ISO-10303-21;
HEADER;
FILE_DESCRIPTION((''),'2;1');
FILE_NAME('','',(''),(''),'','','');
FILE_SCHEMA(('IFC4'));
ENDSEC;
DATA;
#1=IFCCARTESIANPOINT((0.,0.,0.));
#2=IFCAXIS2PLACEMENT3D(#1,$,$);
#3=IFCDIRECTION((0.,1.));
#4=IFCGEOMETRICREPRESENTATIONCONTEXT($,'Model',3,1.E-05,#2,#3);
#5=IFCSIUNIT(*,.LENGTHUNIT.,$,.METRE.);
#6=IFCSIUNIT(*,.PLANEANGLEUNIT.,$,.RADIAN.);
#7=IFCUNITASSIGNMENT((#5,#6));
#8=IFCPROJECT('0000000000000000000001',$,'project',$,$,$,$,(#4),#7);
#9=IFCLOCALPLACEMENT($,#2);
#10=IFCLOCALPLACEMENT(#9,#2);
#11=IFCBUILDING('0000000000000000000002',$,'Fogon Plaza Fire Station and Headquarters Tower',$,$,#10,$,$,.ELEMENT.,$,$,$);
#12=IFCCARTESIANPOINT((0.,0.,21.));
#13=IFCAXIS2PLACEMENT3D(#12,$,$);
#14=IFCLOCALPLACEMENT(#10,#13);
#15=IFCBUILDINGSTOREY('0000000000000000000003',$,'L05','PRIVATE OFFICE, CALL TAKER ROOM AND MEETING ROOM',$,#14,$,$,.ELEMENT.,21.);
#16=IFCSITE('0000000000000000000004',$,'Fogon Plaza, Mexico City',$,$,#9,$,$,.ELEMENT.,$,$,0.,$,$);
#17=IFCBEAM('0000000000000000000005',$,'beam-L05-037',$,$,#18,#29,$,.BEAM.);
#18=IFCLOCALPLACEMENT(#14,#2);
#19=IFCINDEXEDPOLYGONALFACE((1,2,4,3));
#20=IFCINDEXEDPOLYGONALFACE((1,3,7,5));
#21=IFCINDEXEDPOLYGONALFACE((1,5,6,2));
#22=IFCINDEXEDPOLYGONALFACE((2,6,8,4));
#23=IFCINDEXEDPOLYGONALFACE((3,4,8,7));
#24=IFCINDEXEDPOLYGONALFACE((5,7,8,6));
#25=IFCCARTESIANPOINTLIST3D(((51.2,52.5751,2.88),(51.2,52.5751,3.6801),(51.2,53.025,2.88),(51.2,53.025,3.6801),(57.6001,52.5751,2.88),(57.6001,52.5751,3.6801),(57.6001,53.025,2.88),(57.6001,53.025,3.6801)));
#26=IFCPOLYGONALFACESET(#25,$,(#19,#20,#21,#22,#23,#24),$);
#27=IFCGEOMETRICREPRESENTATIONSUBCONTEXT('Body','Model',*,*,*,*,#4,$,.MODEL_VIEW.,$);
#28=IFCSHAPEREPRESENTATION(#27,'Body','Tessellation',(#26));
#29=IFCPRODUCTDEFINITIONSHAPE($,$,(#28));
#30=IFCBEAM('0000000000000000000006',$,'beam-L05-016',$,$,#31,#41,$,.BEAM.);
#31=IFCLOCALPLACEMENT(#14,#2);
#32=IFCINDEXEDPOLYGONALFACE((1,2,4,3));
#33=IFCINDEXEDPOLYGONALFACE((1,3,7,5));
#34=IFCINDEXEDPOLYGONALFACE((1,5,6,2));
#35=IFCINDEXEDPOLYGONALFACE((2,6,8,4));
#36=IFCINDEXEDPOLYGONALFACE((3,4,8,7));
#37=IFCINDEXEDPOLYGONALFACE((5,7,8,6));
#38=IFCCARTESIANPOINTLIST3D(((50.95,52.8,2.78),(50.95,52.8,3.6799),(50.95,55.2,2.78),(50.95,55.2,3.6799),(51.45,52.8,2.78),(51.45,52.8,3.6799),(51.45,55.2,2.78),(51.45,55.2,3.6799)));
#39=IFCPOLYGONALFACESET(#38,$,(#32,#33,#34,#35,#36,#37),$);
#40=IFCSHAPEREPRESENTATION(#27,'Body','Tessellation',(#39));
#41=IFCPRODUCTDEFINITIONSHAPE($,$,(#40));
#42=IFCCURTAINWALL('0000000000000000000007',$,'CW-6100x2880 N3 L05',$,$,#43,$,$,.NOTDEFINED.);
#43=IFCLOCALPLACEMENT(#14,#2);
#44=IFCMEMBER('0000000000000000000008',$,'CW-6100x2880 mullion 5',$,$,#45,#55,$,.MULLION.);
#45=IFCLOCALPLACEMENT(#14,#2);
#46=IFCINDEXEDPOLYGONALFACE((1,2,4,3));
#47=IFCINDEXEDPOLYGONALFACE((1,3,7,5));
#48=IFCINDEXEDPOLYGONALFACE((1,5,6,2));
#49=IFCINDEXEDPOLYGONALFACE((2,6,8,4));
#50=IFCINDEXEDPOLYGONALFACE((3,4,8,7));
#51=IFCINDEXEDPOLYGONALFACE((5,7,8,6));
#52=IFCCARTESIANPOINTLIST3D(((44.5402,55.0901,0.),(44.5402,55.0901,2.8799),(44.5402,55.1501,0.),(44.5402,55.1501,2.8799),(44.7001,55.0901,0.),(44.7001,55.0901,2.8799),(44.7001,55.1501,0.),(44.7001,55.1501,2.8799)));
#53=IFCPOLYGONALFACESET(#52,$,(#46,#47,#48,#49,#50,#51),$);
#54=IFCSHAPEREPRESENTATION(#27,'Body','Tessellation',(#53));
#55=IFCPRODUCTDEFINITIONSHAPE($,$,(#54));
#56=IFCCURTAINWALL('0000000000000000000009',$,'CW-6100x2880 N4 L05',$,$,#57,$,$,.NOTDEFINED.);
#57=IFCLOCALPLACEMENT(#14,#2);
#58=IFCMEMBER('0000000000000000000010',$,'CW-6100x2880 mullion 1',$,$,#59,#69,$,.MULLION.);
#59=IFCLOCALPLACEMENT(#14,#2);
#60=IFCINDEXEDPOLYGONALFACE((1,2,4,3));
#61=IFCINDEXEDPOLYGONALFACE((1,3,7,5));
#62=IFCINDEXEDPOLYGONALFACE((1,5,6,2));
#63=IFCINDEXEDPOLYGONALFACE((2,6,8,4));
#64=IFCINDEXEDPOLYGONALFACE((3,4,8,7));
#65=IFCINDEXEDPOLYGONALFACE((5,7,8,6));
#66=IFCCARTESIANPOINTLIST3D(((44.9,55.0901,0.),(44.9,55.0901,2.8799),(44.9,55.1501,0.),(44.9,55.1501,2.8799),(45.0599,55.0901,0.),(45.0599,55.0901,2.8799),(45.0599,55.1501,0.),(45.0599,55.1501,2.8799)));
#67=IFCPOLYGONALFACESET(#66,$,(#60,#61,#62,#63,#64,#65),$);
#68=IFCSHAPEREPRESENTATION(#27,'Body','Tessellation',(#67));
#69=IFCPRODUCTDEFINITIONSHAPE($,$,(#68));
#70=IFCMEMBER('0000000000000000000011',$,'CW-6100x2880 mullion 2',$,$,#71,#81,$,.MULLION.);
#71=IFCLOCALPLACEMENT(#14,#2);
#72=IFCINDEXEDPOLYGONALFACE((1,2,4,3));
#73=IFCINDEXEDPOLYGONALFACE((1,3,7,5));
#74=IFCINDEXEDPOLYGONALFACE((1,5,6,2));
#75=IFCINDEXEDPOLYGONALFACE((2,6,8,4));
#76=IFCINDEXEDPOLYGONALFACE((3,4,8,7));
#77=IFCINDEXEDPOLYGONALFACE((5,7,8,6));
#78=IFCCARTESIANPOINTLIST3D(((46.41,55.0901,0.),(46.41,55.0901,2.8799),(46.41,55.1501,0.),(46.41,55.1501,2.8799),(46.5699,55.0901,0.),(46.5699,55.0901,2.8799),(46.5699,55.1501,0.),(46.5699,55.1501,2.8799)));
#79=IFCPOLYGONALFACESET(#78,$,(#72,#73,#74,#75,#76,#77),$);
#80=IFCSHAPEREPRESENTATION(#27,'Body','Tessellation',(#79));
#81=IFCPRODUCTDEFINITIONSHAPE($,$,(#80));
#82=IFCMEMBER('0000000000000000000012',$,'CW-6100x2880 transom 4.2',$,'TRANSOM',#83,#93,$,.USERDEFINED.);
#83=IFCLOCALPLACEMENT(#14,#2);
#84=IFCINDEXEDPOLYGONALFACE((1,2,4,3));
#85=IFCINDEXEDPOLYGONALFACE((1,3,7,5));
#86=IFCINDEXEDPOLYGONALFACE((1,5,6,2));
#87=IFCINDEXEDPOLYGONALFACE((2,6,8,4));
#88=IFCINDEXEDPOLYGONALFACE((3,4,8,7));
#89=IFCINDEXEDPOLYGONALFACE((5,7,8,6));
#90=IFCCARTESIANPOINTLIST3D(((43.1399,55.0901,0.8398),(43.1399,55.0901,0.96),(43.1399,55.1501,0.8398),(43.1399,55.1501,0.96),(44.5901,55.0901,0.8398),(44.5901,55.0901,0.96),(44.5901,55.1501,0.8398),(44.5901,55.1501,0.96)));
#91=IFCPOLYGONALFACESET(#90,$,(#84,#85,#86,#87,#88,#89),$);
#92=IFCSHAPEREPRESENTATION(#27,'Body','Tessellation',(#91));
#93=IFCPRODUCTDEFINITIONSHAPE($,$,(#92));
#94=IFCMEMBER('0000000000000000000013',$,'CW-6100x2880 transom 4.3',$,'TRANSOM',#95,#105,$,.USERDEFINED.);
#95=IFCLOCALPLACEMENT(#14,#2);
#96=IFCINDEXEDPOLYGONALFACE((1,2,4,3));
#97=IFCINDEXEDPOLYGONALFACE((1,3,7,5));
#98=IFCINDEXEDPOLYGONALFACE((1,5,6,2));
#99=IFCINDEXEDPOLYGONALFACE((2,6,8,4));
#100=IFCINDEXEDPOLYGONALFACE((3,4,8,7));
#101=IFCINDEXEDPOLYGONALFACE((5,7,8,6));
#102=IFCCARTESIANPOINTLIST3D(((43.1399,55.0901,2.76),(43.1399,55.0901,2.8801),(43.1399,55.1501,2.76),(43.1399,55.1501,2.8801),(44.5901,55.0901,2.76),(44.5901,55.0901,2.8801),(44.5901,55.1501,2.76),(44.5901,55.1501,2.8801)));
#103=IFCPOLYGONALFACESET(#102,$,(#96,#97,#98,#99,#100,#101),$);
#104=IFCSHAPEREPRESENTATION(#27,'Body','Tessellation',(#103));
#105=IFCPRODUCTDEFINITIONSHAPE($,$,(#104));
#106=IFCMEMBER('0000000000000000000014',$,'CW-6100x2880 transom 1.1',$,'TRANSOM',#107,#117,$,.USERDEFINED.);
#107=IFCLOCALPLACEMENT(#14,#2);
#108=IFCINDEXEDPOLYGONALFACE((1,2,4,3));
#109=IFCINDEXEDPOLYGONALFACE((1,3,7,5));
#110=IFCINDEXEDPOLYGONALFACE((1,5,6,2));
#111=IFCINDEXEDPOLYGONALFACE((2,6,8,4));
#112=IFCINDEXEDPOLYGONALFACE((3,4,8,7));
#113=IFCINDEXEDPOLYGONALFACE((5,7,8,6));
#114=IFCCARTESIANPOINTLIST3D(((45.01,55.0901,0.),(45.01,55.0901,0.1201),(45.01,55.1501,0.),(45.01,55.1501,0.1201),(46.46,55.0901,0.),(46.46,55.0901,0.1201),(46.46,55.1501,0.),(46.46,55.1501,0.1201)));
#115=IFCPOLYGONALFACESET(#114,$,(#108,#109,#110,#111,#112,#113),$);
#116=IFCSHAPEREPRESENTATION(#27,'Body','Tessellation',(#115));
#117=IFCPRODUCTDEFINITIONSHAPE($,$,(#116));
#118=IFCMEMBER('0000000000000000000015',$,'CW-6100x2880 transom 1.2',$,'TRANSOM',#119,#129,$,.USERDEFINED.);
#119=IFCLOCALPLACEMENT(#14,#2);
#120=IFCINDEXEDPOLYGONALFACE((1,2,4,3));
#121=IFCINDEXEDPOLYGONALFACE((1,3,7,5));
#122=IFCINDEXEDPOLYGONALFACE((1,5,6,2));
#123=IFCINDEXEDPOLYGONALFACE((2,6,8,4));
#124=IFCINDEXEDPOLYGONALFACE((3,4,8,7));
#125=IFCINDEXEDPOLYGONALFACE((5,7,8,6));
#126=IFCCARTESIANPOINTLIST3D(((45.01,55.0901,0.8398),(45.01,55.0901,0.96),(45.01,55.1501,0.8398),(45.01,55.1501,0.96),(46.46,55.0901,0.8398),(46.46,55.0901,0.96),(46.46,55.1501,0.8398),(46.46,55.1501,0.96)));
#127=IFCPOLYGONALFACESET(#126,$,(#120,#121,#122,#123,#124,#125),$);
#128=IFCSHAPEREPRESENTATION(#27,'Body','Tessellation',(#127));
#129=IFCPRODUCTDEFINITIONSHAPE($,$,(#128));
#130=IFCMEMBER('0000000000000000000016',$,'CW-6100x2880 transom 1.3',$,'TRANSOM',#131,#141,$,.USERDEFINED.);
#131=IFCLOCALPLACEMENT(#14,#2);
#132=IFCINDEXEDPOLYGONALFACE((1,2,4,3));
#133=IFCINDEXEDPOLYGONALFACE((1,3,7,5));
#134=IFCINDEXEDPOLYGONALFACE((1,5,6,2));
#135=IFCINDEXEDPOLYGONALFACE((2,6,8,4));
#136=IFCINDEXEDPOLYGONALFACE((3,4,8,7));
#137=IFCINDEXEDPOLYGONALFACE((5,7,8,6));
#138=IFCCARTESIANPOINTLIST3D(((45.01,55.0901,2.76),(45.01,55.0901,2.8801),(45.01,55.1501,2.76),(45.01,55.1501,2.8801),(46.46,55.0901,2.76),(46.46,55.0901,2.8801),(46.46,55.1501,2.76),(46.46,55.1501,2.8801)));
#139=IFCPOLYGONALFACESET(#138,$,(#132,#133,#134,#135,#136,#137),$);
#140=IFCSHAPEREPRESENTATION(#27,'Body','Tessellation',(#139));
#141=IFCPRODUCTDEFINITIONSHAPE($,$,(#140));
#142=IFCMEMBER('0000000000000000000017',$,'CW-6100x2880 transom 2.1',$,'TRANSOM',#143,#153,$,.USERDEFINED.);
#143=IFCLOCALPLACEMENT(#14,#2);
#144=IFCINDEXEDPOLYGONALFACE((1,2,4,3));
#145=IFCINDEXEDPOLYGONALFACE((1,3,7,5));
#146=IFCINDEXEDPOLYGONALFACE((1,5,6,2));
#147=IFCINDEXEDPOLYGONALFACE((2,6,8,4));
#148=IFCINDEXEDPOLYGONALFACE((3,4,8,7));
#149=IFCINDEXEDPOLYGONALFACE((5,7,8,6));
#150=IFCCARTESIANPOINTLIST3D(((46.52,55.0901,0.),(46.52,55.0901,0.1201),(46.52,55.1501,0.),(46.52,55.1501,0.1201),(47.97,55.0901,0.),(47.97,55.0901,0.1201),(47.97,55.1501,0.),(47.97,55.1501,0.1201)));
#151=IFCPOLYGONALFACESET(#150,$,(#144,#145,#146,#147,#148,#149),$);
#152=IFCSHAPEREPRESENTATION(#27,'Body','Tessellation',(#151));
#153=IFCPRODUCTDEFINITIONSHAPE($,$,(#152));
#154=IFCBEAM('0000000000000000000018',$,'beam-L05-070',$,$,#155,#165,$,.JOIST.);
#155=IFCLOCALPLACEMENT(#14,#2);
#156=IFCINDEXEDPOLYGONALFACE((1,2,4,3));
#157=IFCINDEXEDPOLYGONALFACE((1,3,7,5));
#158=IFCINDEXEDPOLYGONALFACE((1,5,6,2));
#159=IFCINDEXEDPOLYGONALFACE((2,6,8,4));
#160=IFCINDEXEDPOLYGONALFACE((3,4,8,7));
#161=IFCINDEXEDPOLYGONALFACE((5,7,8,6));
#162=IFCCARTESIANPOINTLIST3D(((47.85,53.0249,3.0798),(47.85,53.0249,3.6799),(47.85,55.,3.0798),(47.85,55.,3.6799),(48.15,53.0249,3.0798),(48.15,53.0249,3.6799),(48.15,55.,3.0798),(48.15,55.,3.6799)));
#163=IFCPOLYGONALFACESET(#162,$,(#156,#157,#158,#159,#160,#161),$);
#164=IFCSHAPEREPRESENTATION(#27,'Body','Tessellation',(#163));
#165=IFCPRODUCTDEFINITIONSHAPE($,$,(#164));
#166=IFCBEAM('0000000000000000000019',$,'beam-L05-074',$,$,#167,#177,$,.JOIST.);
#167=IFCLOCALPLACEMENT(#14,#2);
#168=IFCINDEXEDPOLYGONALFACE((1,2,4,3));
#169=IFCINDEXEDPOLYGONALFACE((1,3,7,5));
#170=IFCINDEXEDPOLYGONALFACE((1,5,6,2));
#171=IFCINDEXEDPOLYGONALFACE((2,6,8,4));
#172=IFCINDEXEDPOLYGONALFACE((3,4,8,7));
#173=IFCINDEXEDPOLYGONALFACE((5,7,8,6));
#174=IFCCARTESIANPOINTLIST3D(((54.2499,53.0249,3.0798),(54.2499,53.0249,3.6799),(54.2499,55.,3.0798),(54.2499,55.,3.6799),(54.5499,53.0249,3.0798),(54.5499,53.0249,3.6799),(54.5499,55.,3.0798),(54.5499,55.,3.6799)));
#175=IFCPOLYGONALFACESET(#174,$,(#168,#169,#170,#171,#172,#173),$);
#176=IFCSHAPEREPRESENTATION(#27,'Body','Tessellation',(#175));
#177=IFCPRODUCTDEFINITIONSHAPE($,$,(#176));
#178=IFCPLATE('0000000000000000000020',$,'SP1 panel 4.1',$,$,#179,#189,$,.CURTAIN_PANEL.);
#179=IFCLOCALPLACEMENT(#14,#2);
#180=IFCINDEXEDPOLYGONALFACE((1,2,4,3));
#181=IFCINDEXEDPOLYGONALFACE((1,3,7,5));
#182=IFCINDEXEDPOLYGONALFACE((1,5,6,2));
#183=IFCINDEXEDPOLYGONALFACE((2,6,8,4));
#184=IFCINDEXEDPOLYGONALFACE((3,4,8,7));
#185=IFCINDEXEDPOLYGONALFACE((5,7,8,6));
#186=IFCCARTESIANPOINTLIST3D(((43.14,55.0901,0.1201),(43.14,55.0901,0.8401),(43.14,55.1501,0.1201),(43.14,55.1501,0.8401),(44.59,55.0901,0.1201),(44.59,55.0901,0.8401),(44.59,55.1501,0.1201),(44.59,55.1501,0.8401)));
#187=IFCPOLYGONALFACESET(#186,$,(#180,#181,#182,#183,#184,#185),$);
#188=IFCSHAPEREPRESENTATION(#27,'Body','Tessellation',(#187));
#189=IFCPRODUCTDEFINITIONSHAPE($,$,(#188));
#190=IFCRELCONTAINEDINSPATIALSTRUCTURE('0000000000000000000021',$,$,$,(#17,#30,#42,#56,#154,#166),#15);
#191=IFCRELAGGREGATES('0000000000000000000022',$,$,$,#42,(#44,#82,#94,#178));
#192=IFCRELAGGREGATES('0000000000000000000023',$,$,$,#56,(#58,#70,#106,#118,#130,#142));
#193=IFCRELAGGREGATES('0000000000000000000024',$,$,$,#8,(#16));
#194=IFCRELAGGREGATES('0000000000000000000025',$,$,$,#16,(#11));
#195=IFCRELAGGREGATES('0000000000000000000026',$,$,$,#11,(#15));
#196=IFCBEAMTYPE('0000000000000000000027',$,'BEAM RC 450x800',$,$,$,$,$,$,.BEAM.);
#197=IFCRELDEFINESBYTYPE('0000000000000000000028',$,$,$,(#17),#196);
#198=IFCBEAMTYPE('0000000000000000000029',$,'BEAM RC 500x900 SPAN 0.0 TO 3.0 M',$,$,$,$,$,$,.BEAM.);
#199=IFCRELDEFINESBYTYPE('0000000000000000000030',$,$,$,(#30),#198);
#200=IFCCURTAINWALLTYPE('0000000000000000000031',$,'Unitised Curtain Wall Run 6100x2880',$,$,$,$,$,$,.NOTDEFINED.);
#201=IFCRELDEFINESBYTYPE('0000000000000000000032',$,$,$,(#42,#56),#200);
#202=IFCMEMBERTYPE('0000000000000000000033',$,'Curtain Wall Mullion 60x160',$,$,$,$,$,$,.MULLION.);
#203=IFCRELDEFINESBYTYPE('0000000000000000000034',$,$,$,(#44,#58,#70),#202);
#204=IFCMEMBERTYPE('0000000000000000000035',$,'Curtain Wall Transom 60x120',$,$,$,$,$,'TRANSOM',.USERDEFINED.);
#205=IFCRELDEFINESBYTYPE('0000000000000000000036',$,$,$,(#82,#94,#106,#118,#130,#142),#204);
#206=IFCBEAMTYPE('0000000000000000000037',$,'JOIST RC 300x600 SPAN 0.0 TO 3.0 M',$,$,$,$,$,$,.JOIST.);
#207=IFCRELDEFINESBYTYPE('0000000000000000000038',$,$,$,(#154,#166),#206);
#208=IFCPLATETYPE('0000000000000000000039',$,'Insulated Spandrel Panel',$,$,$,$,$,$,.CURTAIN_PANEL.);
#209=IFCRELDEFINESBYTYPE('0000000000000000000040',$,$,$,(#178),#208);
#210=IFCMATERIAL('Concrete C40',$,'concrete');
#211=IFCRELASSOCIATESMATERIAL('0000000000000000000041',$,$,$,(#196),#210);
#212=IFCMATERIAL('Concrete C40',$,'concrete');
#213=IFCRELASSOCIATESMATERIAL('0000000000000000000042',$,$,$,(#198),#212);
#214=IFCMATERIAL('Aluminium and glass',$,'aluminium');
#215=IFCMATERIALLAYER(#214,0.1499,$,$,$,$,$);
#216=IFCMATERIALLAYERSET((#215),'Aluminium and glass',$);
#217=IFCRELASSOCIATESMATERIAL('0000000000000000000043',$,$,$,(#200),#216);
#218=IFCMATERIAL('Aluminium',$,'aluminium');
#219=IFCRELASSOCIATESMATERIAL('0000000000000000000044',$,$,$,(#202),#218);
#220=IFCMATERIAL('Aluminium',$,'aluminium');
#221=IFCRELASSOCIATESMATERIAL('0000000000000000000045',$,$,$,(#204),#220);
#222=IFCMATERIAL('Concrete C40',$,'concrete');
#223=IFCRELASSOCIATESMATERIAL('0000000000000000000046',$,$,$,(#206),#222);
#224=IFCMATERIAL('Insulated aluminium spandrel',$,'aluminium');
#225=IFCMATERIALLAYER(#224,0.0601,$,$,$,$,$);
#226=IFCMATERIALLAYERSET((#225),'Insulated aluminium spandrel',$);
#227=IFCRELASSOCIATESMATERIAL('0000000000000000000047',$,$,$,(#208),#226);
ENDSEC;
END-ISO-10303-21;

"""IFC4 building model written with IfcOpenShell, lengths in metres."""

from ifc_helpers import new_model, si_unit, direction, frame, origin, origin_2d, place, context, subcontext, project, spatial, rectangle, extrude, material, layer, layer_set, material_profile, profile_set, type_object, element, aggregate, save


model = new_model("IFC4")

# Units and contexts
model_context = context("Model", 3, precision=1e-05, world=origin(), true_north=direction((0.0, 1.0)))
body_context = subcontext(model_context, "Body", "Model", "MODEL_VIEW")
ifc_project = project(units=[si_unit("LENGTHUNIT", "METRE"), si_unit("PLANEANGLEUNIT", "RADIAN")], contexts=[model_context])

# Site, building, storey
site_placement = place(None, origin())
site = spatial("IfcSite", under=ifc_project, at=site_placement, Name="Fogon Plaza, Mexico City", CompositionType="ELEMENT", RefElevation=0.0)
building_placement = place(site_placement, origin())
building = spatial("IfcBuilding", under=site, at=building_placement, Name="Fogon Plaza Fire Station and Headquarters Tower", CompositionType="ELEMENT")
storey_placement = place(building_placement, frame((0.0, 0.0, 21.0)))
storey = spatial("IfcBuildingStorey", under=building, at=storey_placement, Name="L05", Description="PRIVATE OFFICE, CALL TAKER ROOM AND MEETING ROOM", CompositionType="ELEMENT", Elevation=21.0)

# Beams
ifc_material_1 = material(Name="Concrete C40", Category="concrete")
ifc_material_profile_1 = material_profile(ifc_material_1, rectangle(XDim=0.45, YDim=0.8, at=origin_2d()), Name="RC 450x800")
ifc_profile_set_1 = profile_set([ifc_material_profile_1], Name="Concrete C40")
beam_type_1 = type_object("IfcBeamType", Name="BEAM RC 450x800", PredefinedType="BEAM", material=ifc_profile_set_1)
beam_1_placement = place(storey_placement, frame((51.2, 52.8, 3.28), z_axis=(1.0, 0.0, 0.0), x_axis=(0.0, 1.0, 0.0)))
element("IfcBeam", 1, at=beam_1_placement, inside=storey, type_object=beam_type_1, Name="beam-L05-037", PredefinedType="BEAM", context=body_context, shape_type="SweptSolid", body=[
    extrude(rectangle(XDim=0.45, YDim=0.8, at=origin_2d()), origin(), (0.0, 0.0, 1.0), 6.4001),
])
ifc_material_2 = material(Name="Concrete C40", Category="concrete")
ifc_material_profile_2 = material_profile(ifc_material_2, rectangle(XDim=0.5, YDim=0.8999, at=origin_2d()), Name="RC 500x900")
ifc_profile_set_2 = profile_set([ifc_material_profile_2], Name="Concrete C40")
beam_type_2 = type_object("IfcBeamType", Name="BEAM RC 500x900 SPAN 0.0 TO 3.0 M", PredefinedType="BEAM", material=ifc_profile_set_2)
beam_2_placement = place(storey_placement, frame((51.2, 52.8, 3.23), z_axis=(0.0, 1.0, 0.0), x_axis=(-1.0, 0.0, 0.0)))
element("IfcBeam", 2, at=beam_2_placement, inside=storey, type_object=beam_type_2, Name="beam-L05-016", PredefinedType="BEAM", context=body_context, shape_type="SweptSolid", body=[
    extrude(rectangle(XDim=0.5, YDim=0.8999, at=origin_2d()), origin(), (0.0, 0.0, 1.0), 2.3999),
])

# Curtain wall, member
ifc_material_3 = material(Name="Aluminium and glass", Category="aluminium")
ifc_layer_1 = layer(ifc_material_3, 0.1499)
ifc_layer_set_1 = layer_set([ifc_layer_1], Name="Aluminium and glass")
curtain_wall_type = type_object("IfcCurtainWallType", Name="Unitised Curtain Wall Run 6100x2880", PredefinedType="NOTDEFINED", material=ifc_layer_set_1)
curtain_wall_1_placement = place(storey_placement, origin())
curtain_wall_1 = element("IfcCurtainWall", 3, at=curtain_wall_1_placement, inside=storey, type_object=curtain_wall_type, Name="CW-6100x2880 N3 L05", PredefinedType="NOTDEFINED")
ifc_material_4 = material(Name="Aluminium", Category="aluminium")
ifc_material_profile_3 = material_profile(ifc_material_4, rectangle(XDim=0.0601, YDim=0.1599, at=origin_2d()), Name="Curtain Wall Mullion 60x160")
ifc_profile_set_3 = profile_set([ifc_material_profile_3], Name="Aluminium")
member_type_1 = type_object("IfcMemberType", Name="Curtain Wall Mullion 60x160", PredefinedType="MULLION", material=ifc_profile_set_3)
member_1_placement = place(storey_placement, frame((44.6201, 55.1201, 0.0), z_axis=(0.0, 0.0, 1.0), x_axis=(0.0, 1.0, 0.0)))
member_1 = element("IfcMember", 4, at=member_1_placement, type_object=member_type_1, Name="CW-6100x2880 mullion 5", PredefinedType="MULLION", context=body_context, shape_type="SweptSolid", body=[
    extrude(rectangle(XDim=0.0601, YDim=0.1599, at=origin_2d()), origin(), (0.0, 0.0, 1.0), 2.8799),
])

# Curtain wall, members
curtain_wall_2_placement = place(storey_placement, origin())
curtain_wall_2 = element("IfcCurtainWall", 5, at=curtain_wall_2_placement, inside=storey, type_object=curtain_wall_type, Name="CW-6100x2880 N4 L05", PredefinedType="NOTDEFINED")
member_2_placement = place(storey_placement, frame((44.98, 55.1201, 0.0), z_axis=(0.0, 0.0, 1.0), x_axis=(0.0, 1.0, 0.0)))
member_2 = element("IfcMember", 6, at=member_2_placement, type_object=member_type_1, Name="CW-6100x2880 mullion 1", PredefinedType="MULLION", context=body_context, shape_type="SweptSolid", body=[
    extrude(rectangle(XDim=0.0601, YDim=0.1599, at=origin_2d()), origin(), (0.0, 0.0, 1.0), 2.8799),
])
member_3_placement = place(storey_placement, frame((46.49, 55.1201, 0.0), z_axis=(0.0, 0.0, 1.0), x_axis=(0.0, 1.0, 0.0)))
member_3 = element("IfcMember", 7, at=member_3_placement, type_object=member_type_1, Name="CW-6100x2880 mullion 2", PredefinedType="MULLION", context=body_context, shape_type="SweptSolid", body=[
    extrude(rectangle(XDim=0.0601, YDim=0.1599, at=origin_2d()), origin(), (0.0, 0.0, 1.0), 2.8799),
])

# Members
ifc_material_5 = material(Name="Aluminium", Category="aluminium")
ifc_material_profile_4 = material_profile(ifc_material_5, rectangle(XDim=0.0601, YDim=0.1201, at=origin_2d()), Name="Curtain Wall Transom 60x120")
ifc_profile_set_4 = profile_set([ifc_material_profile_4], Name="Aluminium")
member_type_2 = type_object("IfcMemberType", Name="Curtain Wall Transom 60x120", ElementType="TRANSOM", PredefinedType="USERDEFINED", material=ifc_profile_set_4)
member_4_placement = place(storey_placement, frame((43.1399, 55.1201, 0.8999), z_axis=(1.0, 0.0, 0.0), x_axis=(0.0, 1.0, 0.0)))
member_4 = element("IfcMember", 8, at=member_4_placement, type_object=member_type_2, Name="CW-6100x2880 transom 4.2", ObjectType="TRANSOM", PredefinedType="USERDEFINED", context=body_context, shape_type="SweptSolid", body=[
    extrude(rectangle(XDim=0.0601, YDim=0.1201, at=origin_2d()), origin(), (0.0, 0.0, 1.0), 1.4502),
])
member_5_placement = place(storey_placement, frame((43.1399, 55.1201, 2.8201), z_axis=(1.0, 0.0, 0.0), x_axis=(0.0, 1.0, 0.0)))
member_5 = element("IfcMember", 9, at=member_5_placement, type_object=member_type_2, Name="CW-6100x2880 transom 4.3", ObjectType="TRANSOM", PredefinedType="USERDEFINED", context=body_context, shape_type="SweptSolid", body=[
    extrude(rectangle(XDim=0.0601, YDim=0.1201, at=origin_2d()), origin(), (0.0, 0.0, 1.0), 1.4502),
])
member_6_placement = place(storey_placement, frame((45.01, 55.1201, 0.0601), z_axis=(1.0, 0.0, 0.0), x_axis=(0.0, 1.0, 0.0)))
member_6 = element("IfcMember", 10, at=member_6_placement, type_object=member_type_2, Name="CW-6100x2880 transom 1.1", ObjectType="TRANSOM", PredefinedType="USERDEFINED", context=body_context, shape_type="SweptSolid", body=[
    extrude(rectangle(XDim=0.0601, YDim=0.1201, at=origin_2d()), origin(), (0.0, 0.0, 1.0), 1.45),
])
member_7_placement = place(storey_placement, frame((45.01, 55.1201, 0.8999), z_axis=(1.0, 0.0, 0.0), x_axis=(0.0, 1.0, 0.0)))
member_7 = element("IfcMember", 11, at=member_7_placement, type_object=member_type_2, Name="CW-6100x2880 transom 1.2", ObjectType="TRANSOM", PredefinedType="USERDEFINED", context=body_context, shape_type="SweptSolid", body=[
    extrude(rectangle(XDim=0.0601, YDim=0.1201, at=origin_2d()), origin(), (0.0, 0.0, 1.0), 1.45),
])
member_8_placement = place(storey_placement, frame((45.01, 55.1201, 2.8201), z_axis=(1.0, 0.0, 0.0), x_axis=(0.0, 1.0, 0.0)))
member_8 = element("IfcMember", 12, at=member_8_placement, type_object=member_type_2, Name="CW-6100x2880 transom 1.3", ObjectType="TRANSOM", PredefinedType="USERDEFINED", context=body_context, shape_type="SweptSolid", body=[
    extrude(rectangle(XDim=0.0601, YDim=0.1201, at=origin_2d()), origin(), (0.0, 0.0, 1.0), 1.45),
])
member_9_placement = place(storey_placement, frame((46.52, 55.1201, 0.0601), z_axis=(1.0, 0.0, 0.0), x_axis=(0.0, 1.0, 0.0)))
member_9 = element("IfcMember", 13, at=member_9_placement, type_object=member_type_2, Name="CW-6100x2880 transom 2.1", ObjectType="TRANSOM", PredefinedType="USERDEFINED", context=body_context, shape_type="SweptSolid", body=[
    extrude(rectangle(XDim=0.0601, YDim=0.1201, at=origin_2d()), origin(), (0.0, 0.0, 1.0), 1.45),
])

# Beams
ifc_material_6 = material(Name="Concrete C40", Category="concrete")
ifc_material_profile_5 = material_profile(ifc_material_6, rectangle(XDim=0.3, YDim=0.6001, at=origin_2d()), Name="RC 300x600")
ifc_profile_set_5 = profile_set([ifc_material_profile_5], Name="Concrete C40")
beam_type_3 = type_object("IfcBeamType", Name="JOIST RC 300x600 SPAN 0.0 TO 3.0 M", PredefinedType="JOIST", material=ifc_profile_set_5)
for number, where, z_axis, x_axis, name in (
    (14, (48.0, 53.0249, 3.3799), (0.0, 1.0, 0.0), (-1.0, 0.0, 0.0), "beam-L05-070"),
    (15, (54.3999, 53.0249, 3.3799), (0.0, 1.0, 0.0), (-1.0, 0.0, 0.0), "beam-L05-074"),
):
    element("IfcBeam", number, at=place(storey_placement, frame(where, z_axis=z_axis, x_axis=x_axis)), inside=storey, type_object=beam_type_3, Name=name, PredefinedType="JOIST", context=body_context, shape_type="SweptSolid", body=[
        extrude(rectangle(XDim=0.3, YDim=0.6001, at=origin_2d()), origin(), (0.0, 0.0, 1.0), 1.9751),
    ])

# Plate
ifc_material_7 = material(Name="Insulated aluminium spandrel", Category="aluminium")
ifc_layer_2 = layer(ifc_material_7, 0.0601)
ifc_layer_set_2 = layer_set([ifc_layer_2], Name="Insulated aluminium spandrel")
plate_type_1 = type_object("IfcPlateType", Name="Insulated Spandrel Panel", PredefinedType="CURTAIN_PANEL", material=ifc_layer_set_2)
plate_1_placement = place(storey_placement, frame((43.865, 55.1201, 0.1201), z_axis=(0.0, 0.0, 1.0), x_axis=(1.0, 0.0, 0.0)))
plate_1 = element("IfcPlate", 16, at=plate_1_placement, type_object=plate_type_1, Name="SP1 panel 4.1", PredefinedType="CURTAIN_PANEL", context=body_context, shape_type="SweptSolid", body=[
    extrude(rectangle(XDim=1.45, YDim=0.0601, at=origin_2d()), origin(), (0.0, 0.0, 1.0), 0.72),
])
aggregate(curtain_wall_1, [member_1, member_4, member_5, plate_1])
aggregate(curtain_wall_2, [member_2, member_3, member_6, member_7, member_8, member_9])

save(model, "model.ifc")
